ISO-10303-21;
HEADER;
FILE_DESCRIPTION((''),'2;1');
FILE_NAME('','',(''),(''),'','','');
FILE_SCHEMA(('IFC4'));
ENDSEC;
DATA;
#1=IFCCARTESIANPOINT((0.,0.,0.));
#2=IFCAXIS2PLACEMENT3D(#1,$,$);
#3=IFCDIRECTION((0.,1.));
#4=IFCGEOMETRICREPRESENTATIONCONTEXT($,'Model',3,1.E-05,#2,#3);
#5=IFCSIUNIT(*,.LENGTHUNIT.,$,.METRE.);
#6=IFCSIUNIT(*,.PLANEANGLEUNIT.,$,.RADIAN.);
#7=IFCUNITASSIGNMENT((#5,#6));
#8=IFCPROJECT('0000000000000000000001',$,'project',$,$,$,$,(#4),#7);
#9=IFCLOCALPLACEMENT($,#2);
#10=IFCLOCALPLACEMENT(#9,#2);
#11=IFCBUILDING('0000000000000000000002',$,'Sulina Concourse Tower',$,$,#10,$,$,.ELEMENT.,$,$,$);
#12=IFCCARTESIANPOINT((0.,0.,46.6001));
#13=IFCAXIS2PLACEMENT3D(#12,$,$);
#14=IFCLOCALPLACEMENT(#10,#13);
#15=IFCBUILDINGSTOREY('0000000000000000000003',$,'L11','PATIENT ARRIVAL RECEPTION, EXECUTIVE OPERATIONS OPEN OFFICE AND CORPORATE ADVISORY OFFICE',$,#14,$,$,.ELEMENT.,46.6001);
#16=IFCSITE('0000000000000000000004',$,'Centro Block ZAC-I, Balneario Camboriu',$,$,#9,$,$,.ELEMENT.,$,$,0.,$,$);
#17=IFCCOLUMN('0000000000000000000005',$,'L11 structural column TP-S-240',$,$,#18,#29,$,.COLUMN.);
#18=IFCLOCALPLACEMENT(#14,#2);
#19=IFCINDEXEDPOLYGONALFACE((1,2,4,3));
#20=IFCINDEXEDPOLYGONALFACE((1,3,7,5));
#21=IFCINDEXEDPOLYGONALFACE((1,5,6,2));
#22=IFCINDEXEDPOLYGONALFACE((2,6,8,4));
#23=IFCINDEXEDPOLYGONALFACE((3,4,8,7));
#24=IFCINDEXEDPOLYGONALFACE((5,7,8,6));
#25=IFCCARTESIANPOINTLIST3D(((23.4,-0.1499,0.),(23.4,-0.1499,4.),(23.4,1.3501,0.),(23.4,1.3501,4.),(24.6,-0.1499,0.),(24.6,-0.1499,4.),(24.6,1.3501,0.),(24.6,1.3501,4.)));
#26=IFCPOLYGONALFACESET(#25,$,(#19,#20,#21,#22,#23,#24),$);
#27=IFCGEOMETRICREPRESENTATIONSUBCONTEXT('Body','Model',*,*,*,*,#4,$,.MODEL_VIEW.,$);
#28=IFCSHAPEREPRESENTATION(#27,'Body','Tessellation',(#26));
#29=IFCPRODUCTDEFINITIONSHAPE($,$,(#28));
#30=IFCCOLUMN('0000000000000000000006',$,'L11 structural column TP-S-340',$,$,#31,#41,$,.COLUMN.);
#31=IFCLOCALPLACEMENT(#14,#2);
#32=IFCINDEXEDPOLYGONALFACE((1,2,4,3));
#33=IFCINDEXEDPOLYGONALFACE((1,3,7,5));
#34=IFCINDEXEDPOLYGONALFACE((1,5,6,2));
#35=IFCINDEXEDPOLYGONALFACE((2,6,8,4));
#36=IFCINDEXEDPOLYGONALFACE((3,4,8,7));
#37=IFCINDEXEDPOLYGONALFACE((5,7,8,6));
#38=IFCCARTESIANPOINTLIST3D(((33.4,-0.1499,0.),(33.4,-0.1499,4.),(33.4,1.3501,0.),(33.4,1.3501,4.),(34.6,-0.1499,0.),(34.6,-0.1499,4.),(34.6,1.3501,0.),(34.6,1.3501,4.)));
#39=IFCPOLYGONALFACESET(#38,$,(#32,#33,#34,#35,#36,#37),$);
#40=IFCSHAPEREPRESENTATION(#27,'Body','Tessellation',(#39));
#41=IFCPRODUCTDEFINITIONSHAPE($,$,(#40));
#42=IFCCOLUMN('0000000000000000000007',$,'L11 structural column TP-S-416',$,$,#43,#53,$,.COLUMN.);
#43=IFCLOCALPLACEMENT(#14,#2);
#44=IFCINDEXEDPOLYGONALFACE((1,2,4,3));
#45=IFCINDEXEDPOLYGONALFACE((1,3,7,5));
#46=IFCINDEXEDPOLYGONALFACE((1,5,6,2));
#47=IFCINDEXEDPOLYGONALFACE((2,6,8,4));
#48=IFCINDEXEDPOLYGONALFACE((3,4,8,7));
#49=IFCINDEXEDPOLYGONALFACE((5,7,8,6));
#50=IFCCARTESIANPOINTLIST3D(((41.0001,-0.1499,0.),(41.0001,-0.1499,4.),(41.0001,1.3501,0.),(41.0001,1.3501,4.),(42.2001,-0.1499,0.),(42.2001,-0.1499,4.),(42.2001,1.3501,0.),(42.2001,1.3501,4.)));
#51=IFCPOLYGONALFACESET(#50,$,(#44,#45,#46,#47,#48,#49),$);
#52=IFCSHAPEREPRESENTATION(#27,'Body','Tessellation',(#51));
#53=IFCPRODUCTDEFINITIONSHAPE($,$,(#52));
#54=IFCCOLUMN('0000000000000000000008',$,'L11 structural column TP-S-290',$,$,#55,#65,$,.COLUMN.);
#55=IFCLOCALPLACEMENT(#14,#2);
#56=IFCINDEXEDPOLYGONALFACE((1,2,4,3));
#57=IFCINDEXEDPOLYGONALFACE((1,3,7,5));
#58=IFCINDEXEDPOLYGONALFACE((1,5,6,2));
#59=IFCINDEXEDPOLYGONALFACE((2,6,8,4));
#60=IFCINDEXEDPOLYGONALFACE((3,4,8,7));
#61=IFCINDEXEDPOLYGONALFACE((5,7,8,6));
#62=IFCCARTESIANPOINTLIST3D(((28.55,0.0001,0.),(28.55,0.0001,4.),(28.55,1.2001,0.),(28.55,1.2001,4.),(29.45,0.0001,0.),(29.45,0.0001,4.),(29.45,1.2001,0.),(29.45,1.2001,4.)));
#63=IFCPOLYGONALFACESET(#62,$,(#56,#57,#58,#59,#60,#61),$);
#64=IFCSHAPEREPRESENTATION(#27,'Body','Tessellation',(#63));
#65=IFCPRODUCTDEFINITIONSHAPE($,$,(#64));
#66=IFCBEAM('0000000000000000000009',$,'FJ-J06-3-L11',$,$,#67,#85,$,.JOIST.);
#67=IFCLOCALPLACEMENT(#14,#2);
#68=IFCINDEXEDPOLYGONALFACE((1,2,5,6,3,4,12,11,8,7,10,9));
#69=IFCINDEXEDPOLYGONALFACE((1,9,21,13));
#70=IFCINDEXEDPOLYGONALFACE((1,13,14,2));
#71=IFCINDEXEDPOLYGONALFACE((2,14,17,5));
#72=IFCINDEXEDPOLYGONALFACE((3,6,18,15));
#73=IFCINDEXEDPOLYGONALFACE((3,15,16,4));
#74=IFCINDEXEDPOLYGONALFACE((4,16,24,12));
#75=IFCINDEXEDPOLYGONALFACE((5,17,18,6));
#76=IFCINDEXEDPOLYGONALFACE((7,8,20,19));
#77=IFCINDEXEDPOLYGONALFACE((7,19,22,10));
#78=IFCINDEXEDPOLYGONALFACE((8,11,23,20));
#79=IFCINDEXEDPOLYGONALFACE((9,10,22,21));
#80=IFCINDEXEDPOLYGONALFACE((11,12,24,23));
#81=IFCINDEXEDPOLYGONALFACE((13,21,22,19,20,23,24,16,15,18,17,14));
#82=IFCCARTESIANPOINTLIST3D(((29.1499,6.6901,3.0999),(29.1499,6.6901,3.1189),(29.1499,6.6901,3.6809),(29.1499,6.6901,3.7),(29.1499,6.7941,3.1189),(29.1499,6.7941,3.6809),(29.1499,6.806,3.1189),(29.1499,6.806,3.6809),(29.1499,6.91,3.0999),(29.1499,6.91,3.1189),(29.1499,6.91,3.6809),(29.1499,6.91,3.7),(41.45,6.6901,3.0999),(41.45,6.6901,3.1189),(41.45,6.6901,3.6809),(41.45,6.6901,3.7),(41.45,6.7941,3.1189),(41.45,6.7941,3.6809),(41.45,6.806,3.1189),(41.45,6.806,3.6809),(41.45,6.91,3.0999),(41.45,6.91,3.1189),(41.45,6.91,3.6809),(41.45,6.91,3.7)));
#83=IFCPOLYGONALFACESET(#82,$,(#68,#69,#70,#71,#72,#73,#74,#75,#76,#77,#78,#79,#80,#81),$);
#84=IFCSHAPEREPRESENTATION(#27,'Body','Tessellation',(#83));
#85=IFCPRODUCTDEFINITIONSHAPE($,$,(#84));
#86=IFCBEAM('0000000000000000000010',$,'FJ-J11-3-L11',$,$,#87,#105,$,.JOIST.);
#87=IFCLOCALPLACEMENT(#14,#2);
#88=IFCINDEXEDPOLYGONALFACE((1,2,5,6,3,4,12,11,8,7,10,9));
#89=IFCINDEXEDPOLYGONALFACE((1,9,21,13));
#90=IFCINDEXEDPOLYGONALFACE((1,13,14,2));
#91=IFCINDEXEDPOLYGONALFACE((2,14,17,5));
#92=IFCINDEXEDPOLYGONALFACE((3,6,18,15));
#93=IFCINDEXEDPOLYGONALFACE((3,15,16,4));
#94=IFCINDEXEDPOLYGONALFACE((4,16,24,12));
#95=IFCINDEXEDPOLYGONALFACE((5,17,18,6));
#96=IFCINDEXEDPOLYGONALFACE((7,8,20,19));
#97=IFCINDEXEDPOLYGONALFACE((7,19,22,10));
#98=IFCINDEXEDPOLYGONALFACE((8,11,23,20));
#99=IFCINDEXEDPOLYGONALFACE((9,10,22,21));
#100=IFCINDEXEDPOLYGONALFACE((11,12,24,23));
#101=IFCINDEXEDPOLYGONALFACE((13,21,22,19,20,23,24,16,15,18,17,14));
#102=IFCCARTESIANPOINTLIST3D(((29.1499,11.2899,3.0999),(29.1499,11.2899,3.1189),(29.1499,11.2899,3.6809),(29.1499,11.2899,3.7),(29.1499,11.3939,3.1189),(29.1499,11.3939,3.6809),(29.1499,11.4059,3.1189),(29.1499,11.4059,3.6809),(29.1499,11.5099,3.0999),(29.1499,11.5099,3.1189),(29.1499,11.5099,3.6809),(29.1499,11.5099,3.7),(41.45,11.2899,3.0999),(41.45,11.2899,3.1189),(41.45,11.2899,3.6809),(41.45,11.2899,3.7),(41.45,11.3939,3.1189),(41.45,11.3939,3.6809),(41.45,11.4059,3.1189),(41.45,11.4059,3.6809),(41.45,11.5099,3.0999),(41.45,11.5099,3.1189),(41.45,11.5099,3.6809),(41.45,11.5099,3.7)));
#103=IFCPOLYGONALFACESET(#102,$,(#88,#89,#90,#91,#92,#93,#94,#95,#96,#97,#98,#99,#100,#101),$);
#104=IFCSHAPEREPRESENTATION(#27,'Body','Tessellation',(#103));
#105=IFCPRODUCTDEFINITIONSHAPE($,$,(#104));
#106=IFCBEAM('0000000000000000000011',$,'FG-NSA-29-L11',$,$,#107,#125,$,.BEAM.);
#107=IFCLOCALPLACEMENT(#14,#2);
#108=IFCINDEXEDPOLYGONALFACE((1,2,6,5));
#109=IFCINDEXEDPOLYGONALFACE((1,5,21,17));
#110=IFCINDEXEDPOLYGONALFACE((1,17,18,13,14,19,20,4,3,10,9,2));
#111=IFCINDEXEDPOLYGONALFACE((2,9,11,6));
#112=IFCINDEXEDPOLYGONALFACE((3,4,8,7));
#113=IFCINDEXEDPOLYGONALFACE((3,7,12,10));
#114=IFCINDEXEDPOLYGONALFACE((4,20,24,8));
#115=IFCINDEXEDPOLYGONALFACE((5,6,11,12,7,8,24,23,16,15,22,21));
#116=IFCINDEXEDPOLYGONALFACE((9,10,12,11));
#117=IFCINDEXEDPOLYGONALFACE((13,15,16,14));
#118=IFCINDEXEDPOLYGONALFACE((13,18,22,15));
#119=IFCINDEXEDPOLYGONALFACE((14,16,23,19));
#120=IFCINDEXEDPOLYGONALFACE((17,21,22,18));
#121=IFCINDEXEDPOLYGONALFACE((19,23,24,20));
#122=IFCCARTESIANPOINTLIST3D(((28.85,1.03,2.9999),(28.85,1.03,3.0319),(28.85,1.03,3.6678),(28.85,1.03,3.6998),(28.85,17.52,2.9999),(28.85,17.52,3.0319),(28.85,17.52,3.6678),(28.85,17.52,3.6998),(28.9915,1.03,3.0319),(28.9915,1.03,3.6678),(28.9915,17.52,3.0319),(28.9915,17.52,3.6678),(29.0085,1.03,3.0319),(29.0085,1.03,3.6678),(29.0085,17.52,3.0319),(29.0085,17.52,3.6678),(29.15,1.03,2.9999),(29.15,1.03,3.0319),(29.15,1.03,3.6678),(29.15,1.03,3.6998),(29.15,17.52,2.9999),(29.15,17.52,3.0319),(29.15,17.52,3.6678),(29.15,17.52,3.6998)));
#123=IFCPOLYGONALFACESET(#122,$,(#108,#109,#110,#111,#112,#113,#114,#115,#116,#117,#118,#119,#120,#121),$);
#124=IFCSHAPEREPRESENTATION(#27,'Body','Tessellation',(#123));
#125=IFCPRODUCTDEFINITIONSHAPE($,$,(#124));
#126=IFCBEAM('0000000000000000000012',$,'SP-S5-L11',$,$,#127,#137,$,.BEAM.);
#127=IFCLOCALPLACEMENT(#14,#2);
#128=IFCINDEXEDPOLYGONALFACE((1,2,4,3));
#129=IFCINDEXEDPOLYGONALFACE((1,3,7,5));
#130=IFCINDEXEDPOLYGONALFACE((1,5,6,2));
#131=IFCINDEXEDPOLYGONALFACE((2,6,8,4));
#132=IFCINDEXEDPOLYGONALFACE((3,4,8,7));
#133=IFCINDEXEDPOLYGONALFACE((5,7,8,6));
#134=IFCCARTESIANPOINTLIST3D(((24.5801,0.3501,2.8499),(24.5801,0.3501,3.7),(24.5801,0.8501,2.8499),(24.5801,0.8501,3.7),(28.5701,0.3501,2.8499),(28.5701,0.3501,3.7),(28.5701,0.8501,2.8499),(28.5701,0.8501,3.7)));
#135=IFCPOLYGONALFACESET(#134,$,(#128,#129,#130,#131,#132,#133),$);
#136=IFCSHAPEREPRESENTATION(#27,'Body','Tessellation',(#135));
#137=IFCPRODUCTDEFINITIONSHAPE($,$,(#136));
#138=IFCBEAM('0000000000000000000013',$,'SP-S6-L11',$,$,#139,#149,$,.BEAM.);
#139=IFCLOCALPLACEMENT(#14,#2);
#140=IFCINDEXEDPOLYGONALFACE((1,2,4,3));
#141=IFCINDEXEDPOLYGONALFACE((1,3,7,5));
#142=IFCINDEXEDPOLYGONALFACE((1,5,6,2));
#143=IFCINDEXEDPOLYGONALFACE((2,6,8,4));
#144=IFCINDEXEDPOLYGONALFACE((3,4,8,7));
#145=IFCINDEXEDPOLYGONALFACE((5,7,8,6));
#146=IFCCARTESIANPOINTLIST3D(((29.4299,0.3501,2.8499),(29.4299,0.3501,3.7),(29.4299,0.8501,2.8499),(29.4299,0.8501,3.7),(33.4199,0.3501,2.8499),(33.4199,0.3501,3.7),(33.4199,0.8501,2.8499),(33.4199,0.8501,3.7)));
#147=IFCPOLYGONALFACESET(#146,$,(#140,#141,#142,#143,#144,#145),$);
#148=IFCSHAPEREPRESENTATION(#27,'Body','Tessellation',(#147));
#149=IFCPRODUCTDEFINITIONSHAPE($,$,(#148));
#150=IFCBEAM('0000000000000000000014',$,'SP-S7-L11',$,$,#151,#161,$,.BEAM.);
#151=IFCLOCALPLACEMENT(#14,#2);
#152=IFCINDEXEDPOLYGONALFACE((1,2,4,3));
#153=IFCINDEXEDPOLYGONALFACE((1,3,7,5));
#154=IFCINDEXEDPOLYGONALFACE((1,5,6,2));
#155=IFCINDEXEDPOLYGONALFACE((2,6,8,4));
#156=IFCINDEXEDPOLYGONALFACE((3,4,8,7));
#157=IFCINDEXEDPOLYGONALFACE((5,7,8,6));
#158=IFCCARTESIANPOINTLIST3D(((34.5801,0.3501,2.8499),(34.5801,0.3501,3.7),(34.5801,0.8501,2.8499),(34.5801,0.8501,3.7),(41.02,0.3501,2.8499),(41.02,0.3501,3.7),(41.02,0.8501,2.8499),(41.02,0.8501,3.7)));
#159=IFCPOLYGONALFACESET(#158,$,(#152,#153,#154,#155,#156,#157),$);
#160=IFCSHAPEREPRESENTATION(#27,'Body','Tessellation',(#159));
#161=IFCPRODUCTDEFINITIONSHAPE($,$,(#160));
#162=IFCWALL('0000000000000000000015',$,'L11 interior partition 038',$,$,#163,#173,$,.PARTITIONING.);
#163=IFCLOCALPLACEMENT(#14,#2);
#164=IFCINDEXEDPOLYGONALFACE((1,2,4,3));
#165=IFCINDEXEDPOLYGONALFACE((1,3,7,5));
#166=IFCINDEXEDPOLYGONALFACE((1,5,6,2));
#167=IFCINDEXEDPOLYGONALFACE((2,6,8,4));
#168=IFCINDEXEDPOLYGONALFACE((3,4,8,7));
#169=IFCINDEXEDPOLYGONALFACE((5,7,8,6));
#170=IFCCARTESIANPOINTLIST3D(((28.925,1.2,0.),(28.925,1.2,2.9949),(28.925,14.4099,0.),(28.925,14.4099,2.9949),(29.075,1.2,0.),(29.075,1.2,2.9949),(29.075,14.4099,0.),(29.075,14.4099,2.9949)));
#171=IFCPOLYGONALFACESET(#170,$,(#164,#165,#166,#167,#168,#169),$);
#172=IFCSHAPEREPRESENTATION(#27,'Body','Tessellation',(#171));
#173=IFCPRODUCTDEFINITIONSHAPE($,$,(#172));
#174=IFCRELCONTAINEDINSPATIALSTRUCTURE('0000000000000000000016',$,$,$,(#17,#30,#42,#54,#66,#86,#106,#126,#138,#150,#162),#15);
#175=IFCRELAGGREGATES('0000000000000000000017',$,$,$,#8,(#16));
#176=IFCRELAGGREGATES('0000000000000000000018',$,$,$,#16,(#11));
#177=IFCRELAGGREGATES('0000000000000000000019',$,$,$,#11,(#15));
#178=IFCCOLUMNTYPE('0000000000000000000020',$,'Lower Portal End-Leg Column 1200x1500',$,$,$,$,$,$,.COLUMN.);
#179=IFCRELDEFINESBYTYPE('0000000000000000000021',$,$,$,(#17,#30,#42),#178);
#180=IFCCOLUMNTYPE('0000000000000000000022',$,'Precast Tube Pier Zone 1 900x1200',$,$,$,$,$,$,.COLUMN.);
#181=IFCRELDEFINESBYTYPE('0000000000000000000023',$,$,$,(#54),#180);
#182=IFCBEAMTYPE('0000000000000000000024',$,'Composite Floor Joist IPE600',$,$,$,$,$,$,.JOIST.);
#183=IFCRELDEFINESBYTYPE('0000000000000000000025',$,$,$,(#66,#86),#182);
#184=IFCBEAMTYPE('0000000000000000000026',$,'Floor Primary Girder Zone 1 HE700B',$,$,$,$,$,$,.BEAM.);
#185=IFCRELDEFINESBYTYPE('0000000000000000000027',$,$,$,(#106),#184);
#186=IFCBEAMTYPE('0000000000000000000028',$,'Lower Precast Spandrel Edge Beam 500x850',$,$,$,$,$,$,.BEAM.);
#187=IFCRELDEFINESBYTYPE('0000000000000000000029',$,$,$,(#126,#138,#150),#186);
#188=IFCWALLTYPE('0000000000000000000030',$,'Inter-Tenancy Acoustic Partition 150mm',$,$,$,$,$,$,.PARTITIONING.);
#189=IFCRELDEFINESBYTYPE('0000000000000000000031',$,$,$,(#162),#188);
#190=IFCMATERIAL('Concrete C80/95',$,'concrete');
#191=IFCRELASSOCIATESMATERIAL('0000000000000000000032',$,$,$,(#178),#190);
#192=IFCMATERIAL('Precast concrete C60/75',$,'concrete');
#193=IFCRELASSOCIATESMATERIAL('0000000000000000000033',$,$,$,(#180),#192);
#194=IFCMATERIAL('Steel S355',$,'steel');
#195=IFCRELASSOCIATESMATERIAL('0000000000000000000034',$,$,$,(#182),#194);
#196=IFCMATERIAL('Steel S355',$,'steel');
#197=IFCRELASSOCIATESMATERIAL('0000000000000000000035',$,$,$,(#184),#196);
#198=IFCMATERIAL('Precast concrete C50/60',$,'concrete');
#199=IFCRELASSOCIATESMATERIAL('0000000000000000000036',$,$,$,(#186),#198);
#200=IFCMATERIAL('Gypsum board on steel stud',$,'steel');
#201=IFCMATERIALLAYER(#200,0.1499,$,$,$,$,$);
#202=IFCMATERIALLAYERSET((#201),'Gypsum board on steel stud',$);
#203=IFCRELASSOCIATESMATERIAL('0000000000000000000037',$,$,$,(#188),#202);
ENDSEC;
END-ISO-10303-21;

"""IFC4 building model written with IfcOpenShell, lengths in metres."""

from ifc_helpers import new_model, si_unit, direction, frame, frame_2d, origin, origin_2d, place, context, subcontext, project, spatial, rectangle, i_section, extrude, material, layer, layer_set, material_profile, profile_set, type_object, element, save


model = new_model("IFC4")

# Units and contexts
model_context = context("Model", 3, precision=1e-05, world=origin(), true_north=direction((0.0, 1.0)))
body_context = subcontext(model_context, "Body", "Model", "MODEL_VIEW")
ifc_project = project(units=[si_unit("LENGTHUNIT", "METRE"), si_unit("PLANEANGLEUNIT", "RADIAN")], contexts=[model_context])

# Site, building, storey
site_placement = place(None, origin())
site = spatial("IfcSite", under=ifc_project, at=site_placement, Name="Centro Block ZAC-I, Balneario Camboriu", CompositionType="ELEMENT", RefElevation=0.0)
building_placement = place(site_placement, origin())
building = spatial("IfcBuilding", under=site, at=building_placement, Name="Sulina Concourse Tower", CompositionType="ELEMENT")
storey_placement = place(building_placement, frame((0.0, 0.0, 46.6001)))
storey = spatial("IfcBuildingStorey", under=building, at=storey_placement, Name="L11", Description="PATIENT ARRIVAL RECEPTION, EXECUTIVE OPERATIONS OPEN OFFICE AND CORPORATE ADVISORY OFFICE", CompositionType="ELEMENT", Elevation=46.6001)

# Columns
ifc_material_1 = material(Name="Concrete C80/95", Category="concrete")
ifc_material_profile_1 = material_profile(ifc_material_1, rectangle(XDim=1.2, YDim=1.5, at=origin_2d()), Name="RC 1200x1500")
ifc_profile_set_1 = profile_set([ifc_material_profile_1], Name="Concrete C80/95")
column_type_1 = type_object("IfcColumnType", Name="Lower Portal End-Leg Column 1200x1500", PredefinedType="COLUMN", material=ifc_profile_set_1)
for number, where, z_axis, x_axis, name in (
    (1, (24.0, 0.6001, 0.0), (0.0, 0.0, 1.0), (1.0, 0.0, 0.0), "L11 structural column TP-S-240"),
    (2, (34.0, 0.6001, 0.0), (0.0, 0.0, 1.0), (1.0, 0.0, 0.0), "L11 structural column TP-S-340"),
    (3, (41.6001, 0.6001, 0.0), (0.0, 0.0, 1.0), (1.0, 0.0, 0.0), "L11 structural column TP-S-416"),
):
    element("IfcColumn", number, at=place(storey_placement, frame(where, z_axis=z_axis, x_axis=x_axis)), inside=storey, type_object=column_type_1, Name=name, PredefinedType="COLUMN", context=body_context, shape_type="SweptSolid", body=[
        extrude(rectangle(XDim=1.2, YDim=1.5, at=origin_2d()), origin(), (0.0, 0.0, 1.0), 4.0),
    ])
ifc_material_2 = material(Name="Precast concrete C60/75", Category="concrete")
ifc_material_profile_2 = material_profile(ifc_material_2, rectangle(XDim=0.8999, YDim=1.2, at=origin_2d()), Name="PC 900x1200")
ifc_profile_set_2 = profile_set([ifc_material_profile_2], Name="Precast concrete C60/75")
column_type_2 = type_object("IfcColumnType", Name="Precast Tube Pier Zone 1 900x1200", PredefinedType="COLUMN", material=ifc_profile_set_2)
column_placement = place(storey_placement, frame((29.0, 0.6001, 0.0), z_axis=(0.0, 0.0, 1.0), x_axis=(1.0, 0.0, 0.0)))
element("IfcColumn", 4, at=column_placement, inside=storey, type_object=column_type_2, Name="L11 structural column TP-S-290", PredefinedType="COLUMN", context=body_context, shape_type="SweptSolid", body=[
    extrude(rectangle(XDim=0.8999, YDim=1.2, at=origin_2d()), origin(), (0.0, 0.0, 1.0), 4.0),
])

# Beams
ifc_material_3 = material(Name="Steel S355", Category="steel")
ifc_material_profile_3 = material_profile(ifc_material_3, i_section(OverallWidth=0.22, OverallDepth=0.6001, WebThickness=0.012, FlangeThickness=0.019, at=origin_2d()), Name="IPE 600")
ifc_profile_set_3 = profile_set([ifc_material_profile_3], Name="Steel S355")
beam_type_1 = type_object("IfcBeamType", Name="Composite Floor Joist IPE600", PredefinedType="JOIST", material=ifc_profile_set_3)
for number, where, z_axis, x_axis, name in (
    (5, (29.1499, 6.8, 3.3999), (1.0, 0.0, 0.0), (0.0, 1.0, 0.0), "FJ-J06-3-L11"),
    (6, (29.1499, 11.3999, 3.3999), (1.0, 0.0, 0.0), (0.0, 1.0, 0.0), "FJ-J11-3-L11"),
):
    element("IfcBeam", number, at=place(storey_placement, frame(where, z_axis=z_axis, x_axis=x_axis)), inside=storey, type_object=beam_type_1, Name=name, PredefinedType="JOIST", context=body_context, shape_type="SweptSolid", body=[
        extrude(i_section(OverallWidth=0.22, OverallDepth=0.6001, WebThickness=0.012, FlangeThickness=0.019, at=origin_2d()), origin(), (0.0, 0.0, 1.0), 12.3),
    ])
ifc_material_4 = material(Name="Steel S355", Category="steel")
ifc_material_profile_4 = material_profile(ifc_material_4, i_section(OverallWidth=0.3, OverallDepth=0.7, WebThickness=0.0171, FlangeThickness=0.032, at=origin_2d()), Name="HE 700 B")
ifc_profile_set_4 = profile_set([ifc_material_profile_4], Name="Steel S355")
beam_type_2 = type_object("IfcBeamType", Name="Floor Primary Girder Zone 1 HE700B", PredefinedType="BEAM", material=ifc_profile_set_4)
beam_1_placement = place(storey_placement, frame((29.0, 1.03, 3.3499), z_axis=(0.0, 1.0, 0.0), x_axis=(-1.0, 0.0, 0.0)))
element("IfcBeam", 7, at=beam_1_placement, inside=storey, type_object=beam_type_2, Name="FG-NSA-29-L11", PredefinedType="BEAM", context=body_context, shape_type="SweptSolid", body=[
    extrude(i_section(OverallWidth=0.3, OverallDepth=0.7, WebThickness=0.0171, FlangeThickness=0.032, at=origin_2d()), origin(), (0.0, 0.0, 1.0), 16.49),
])
ifc_material_5 = material(Name="Precast concrete C50/60", Category="concrete")
ifc_material_profile_5 = material_profile(ifc_material_5, rectangle(XDim=0.5, YDim=0.8501, at=origin_2d()), Name="RC 500x850")
ifc_profile_set_5 = profile_set([ifc_material_profile_5], Name="Precast concrete C50/60")
beam_type_3 = type_object("IfcBeamType", Name="Lower Precast Spandrel Edge Beam 500x850", PredefinedType="BEAM", material=ifc_profile_set_5)
for number, where, z_axis, x_axis, name in (
    (8, (24.5801, 0.6001, 3.2749), (1.0, 0.0, 0.0), (0.0, 1.0, 0.0), "SP-S5-L11"),
    (9, (29.4299, 0.6001, 3.2749), (1.0, 0.0, 0.0), (0.0, 1.0, 0.0), "SP-S6-L11"),
):
    element("IfcBeam", number, at=place(storey_placement, frame(where, z_axis=z_axis, x_axis=x_axis)), inside=storey, type_object=beam_type_3, Name=name, PredefinedType="BEAM", context=body_context, shape_type="SweptSolid", body=[
        extrude(rectangle(XDim=0.5, YDim=0.8501, at=origin_2d()), origin(), (0.0, 0.0, 1.0), 3.99),
    ])
beam_2_placement = place(storey_placement, frame((34.5801, 0.6001, 3.2749), z_axis=(1.0, 0.0, 0.0), x_axis=(0.0, 1.0, 0.0)))
element("IfcBeam", 10, at=beam_2_placement, inside=storey, type_object=beam_type_3, Name="SP-S7-L11", PredefinedType="BEAM", context=body_context, shape_type="SweptSolid", body=[
    extrude(rectangle(XDim=0.5, YDim=0.8501, at=origin_2d()), origin(), (0.0, 0.0, 1.0), 6.4399),
])

# Wall
ifc_material_6 = material(Name="Gypsum board on steel stud", Category="steel")
ifc_layer_1 = layer(ifc_material_6, 0.1499)
ifc_layer_set_1 = layer_set([ifc_layer_1], Name="Gypsum board on steel stud")
wall_type_1 = type_object("IfcWallType", Name="Inter-Tenancy Acoustic Partition 150mm", PredefinedType="PARTITIONING", material=ifc_layer_set_1)
wall_1_placement = place(storey_placement, frame((29.0, 1.2, 0.0), z_axis=(0.0, 0.0, 1.0), x_axis=(0.0, 1.0, 0.0)))
element("IfcWall", 11, at=wall_1_placement, inside=storey, type_object=wall_type_1, Name="L11 interior partition 038", PredefinedType="PARTITIONING", context=body_context, shape_type="SweptSolid", body=[
    extrude(rectangle(XDim=13.21, YDim=0.1499, at=frame_2d((6.605, 0.0))), origin(), (0.0, 0.0, 1.0), 2.9949),
])

save(model, "model.ifc")
